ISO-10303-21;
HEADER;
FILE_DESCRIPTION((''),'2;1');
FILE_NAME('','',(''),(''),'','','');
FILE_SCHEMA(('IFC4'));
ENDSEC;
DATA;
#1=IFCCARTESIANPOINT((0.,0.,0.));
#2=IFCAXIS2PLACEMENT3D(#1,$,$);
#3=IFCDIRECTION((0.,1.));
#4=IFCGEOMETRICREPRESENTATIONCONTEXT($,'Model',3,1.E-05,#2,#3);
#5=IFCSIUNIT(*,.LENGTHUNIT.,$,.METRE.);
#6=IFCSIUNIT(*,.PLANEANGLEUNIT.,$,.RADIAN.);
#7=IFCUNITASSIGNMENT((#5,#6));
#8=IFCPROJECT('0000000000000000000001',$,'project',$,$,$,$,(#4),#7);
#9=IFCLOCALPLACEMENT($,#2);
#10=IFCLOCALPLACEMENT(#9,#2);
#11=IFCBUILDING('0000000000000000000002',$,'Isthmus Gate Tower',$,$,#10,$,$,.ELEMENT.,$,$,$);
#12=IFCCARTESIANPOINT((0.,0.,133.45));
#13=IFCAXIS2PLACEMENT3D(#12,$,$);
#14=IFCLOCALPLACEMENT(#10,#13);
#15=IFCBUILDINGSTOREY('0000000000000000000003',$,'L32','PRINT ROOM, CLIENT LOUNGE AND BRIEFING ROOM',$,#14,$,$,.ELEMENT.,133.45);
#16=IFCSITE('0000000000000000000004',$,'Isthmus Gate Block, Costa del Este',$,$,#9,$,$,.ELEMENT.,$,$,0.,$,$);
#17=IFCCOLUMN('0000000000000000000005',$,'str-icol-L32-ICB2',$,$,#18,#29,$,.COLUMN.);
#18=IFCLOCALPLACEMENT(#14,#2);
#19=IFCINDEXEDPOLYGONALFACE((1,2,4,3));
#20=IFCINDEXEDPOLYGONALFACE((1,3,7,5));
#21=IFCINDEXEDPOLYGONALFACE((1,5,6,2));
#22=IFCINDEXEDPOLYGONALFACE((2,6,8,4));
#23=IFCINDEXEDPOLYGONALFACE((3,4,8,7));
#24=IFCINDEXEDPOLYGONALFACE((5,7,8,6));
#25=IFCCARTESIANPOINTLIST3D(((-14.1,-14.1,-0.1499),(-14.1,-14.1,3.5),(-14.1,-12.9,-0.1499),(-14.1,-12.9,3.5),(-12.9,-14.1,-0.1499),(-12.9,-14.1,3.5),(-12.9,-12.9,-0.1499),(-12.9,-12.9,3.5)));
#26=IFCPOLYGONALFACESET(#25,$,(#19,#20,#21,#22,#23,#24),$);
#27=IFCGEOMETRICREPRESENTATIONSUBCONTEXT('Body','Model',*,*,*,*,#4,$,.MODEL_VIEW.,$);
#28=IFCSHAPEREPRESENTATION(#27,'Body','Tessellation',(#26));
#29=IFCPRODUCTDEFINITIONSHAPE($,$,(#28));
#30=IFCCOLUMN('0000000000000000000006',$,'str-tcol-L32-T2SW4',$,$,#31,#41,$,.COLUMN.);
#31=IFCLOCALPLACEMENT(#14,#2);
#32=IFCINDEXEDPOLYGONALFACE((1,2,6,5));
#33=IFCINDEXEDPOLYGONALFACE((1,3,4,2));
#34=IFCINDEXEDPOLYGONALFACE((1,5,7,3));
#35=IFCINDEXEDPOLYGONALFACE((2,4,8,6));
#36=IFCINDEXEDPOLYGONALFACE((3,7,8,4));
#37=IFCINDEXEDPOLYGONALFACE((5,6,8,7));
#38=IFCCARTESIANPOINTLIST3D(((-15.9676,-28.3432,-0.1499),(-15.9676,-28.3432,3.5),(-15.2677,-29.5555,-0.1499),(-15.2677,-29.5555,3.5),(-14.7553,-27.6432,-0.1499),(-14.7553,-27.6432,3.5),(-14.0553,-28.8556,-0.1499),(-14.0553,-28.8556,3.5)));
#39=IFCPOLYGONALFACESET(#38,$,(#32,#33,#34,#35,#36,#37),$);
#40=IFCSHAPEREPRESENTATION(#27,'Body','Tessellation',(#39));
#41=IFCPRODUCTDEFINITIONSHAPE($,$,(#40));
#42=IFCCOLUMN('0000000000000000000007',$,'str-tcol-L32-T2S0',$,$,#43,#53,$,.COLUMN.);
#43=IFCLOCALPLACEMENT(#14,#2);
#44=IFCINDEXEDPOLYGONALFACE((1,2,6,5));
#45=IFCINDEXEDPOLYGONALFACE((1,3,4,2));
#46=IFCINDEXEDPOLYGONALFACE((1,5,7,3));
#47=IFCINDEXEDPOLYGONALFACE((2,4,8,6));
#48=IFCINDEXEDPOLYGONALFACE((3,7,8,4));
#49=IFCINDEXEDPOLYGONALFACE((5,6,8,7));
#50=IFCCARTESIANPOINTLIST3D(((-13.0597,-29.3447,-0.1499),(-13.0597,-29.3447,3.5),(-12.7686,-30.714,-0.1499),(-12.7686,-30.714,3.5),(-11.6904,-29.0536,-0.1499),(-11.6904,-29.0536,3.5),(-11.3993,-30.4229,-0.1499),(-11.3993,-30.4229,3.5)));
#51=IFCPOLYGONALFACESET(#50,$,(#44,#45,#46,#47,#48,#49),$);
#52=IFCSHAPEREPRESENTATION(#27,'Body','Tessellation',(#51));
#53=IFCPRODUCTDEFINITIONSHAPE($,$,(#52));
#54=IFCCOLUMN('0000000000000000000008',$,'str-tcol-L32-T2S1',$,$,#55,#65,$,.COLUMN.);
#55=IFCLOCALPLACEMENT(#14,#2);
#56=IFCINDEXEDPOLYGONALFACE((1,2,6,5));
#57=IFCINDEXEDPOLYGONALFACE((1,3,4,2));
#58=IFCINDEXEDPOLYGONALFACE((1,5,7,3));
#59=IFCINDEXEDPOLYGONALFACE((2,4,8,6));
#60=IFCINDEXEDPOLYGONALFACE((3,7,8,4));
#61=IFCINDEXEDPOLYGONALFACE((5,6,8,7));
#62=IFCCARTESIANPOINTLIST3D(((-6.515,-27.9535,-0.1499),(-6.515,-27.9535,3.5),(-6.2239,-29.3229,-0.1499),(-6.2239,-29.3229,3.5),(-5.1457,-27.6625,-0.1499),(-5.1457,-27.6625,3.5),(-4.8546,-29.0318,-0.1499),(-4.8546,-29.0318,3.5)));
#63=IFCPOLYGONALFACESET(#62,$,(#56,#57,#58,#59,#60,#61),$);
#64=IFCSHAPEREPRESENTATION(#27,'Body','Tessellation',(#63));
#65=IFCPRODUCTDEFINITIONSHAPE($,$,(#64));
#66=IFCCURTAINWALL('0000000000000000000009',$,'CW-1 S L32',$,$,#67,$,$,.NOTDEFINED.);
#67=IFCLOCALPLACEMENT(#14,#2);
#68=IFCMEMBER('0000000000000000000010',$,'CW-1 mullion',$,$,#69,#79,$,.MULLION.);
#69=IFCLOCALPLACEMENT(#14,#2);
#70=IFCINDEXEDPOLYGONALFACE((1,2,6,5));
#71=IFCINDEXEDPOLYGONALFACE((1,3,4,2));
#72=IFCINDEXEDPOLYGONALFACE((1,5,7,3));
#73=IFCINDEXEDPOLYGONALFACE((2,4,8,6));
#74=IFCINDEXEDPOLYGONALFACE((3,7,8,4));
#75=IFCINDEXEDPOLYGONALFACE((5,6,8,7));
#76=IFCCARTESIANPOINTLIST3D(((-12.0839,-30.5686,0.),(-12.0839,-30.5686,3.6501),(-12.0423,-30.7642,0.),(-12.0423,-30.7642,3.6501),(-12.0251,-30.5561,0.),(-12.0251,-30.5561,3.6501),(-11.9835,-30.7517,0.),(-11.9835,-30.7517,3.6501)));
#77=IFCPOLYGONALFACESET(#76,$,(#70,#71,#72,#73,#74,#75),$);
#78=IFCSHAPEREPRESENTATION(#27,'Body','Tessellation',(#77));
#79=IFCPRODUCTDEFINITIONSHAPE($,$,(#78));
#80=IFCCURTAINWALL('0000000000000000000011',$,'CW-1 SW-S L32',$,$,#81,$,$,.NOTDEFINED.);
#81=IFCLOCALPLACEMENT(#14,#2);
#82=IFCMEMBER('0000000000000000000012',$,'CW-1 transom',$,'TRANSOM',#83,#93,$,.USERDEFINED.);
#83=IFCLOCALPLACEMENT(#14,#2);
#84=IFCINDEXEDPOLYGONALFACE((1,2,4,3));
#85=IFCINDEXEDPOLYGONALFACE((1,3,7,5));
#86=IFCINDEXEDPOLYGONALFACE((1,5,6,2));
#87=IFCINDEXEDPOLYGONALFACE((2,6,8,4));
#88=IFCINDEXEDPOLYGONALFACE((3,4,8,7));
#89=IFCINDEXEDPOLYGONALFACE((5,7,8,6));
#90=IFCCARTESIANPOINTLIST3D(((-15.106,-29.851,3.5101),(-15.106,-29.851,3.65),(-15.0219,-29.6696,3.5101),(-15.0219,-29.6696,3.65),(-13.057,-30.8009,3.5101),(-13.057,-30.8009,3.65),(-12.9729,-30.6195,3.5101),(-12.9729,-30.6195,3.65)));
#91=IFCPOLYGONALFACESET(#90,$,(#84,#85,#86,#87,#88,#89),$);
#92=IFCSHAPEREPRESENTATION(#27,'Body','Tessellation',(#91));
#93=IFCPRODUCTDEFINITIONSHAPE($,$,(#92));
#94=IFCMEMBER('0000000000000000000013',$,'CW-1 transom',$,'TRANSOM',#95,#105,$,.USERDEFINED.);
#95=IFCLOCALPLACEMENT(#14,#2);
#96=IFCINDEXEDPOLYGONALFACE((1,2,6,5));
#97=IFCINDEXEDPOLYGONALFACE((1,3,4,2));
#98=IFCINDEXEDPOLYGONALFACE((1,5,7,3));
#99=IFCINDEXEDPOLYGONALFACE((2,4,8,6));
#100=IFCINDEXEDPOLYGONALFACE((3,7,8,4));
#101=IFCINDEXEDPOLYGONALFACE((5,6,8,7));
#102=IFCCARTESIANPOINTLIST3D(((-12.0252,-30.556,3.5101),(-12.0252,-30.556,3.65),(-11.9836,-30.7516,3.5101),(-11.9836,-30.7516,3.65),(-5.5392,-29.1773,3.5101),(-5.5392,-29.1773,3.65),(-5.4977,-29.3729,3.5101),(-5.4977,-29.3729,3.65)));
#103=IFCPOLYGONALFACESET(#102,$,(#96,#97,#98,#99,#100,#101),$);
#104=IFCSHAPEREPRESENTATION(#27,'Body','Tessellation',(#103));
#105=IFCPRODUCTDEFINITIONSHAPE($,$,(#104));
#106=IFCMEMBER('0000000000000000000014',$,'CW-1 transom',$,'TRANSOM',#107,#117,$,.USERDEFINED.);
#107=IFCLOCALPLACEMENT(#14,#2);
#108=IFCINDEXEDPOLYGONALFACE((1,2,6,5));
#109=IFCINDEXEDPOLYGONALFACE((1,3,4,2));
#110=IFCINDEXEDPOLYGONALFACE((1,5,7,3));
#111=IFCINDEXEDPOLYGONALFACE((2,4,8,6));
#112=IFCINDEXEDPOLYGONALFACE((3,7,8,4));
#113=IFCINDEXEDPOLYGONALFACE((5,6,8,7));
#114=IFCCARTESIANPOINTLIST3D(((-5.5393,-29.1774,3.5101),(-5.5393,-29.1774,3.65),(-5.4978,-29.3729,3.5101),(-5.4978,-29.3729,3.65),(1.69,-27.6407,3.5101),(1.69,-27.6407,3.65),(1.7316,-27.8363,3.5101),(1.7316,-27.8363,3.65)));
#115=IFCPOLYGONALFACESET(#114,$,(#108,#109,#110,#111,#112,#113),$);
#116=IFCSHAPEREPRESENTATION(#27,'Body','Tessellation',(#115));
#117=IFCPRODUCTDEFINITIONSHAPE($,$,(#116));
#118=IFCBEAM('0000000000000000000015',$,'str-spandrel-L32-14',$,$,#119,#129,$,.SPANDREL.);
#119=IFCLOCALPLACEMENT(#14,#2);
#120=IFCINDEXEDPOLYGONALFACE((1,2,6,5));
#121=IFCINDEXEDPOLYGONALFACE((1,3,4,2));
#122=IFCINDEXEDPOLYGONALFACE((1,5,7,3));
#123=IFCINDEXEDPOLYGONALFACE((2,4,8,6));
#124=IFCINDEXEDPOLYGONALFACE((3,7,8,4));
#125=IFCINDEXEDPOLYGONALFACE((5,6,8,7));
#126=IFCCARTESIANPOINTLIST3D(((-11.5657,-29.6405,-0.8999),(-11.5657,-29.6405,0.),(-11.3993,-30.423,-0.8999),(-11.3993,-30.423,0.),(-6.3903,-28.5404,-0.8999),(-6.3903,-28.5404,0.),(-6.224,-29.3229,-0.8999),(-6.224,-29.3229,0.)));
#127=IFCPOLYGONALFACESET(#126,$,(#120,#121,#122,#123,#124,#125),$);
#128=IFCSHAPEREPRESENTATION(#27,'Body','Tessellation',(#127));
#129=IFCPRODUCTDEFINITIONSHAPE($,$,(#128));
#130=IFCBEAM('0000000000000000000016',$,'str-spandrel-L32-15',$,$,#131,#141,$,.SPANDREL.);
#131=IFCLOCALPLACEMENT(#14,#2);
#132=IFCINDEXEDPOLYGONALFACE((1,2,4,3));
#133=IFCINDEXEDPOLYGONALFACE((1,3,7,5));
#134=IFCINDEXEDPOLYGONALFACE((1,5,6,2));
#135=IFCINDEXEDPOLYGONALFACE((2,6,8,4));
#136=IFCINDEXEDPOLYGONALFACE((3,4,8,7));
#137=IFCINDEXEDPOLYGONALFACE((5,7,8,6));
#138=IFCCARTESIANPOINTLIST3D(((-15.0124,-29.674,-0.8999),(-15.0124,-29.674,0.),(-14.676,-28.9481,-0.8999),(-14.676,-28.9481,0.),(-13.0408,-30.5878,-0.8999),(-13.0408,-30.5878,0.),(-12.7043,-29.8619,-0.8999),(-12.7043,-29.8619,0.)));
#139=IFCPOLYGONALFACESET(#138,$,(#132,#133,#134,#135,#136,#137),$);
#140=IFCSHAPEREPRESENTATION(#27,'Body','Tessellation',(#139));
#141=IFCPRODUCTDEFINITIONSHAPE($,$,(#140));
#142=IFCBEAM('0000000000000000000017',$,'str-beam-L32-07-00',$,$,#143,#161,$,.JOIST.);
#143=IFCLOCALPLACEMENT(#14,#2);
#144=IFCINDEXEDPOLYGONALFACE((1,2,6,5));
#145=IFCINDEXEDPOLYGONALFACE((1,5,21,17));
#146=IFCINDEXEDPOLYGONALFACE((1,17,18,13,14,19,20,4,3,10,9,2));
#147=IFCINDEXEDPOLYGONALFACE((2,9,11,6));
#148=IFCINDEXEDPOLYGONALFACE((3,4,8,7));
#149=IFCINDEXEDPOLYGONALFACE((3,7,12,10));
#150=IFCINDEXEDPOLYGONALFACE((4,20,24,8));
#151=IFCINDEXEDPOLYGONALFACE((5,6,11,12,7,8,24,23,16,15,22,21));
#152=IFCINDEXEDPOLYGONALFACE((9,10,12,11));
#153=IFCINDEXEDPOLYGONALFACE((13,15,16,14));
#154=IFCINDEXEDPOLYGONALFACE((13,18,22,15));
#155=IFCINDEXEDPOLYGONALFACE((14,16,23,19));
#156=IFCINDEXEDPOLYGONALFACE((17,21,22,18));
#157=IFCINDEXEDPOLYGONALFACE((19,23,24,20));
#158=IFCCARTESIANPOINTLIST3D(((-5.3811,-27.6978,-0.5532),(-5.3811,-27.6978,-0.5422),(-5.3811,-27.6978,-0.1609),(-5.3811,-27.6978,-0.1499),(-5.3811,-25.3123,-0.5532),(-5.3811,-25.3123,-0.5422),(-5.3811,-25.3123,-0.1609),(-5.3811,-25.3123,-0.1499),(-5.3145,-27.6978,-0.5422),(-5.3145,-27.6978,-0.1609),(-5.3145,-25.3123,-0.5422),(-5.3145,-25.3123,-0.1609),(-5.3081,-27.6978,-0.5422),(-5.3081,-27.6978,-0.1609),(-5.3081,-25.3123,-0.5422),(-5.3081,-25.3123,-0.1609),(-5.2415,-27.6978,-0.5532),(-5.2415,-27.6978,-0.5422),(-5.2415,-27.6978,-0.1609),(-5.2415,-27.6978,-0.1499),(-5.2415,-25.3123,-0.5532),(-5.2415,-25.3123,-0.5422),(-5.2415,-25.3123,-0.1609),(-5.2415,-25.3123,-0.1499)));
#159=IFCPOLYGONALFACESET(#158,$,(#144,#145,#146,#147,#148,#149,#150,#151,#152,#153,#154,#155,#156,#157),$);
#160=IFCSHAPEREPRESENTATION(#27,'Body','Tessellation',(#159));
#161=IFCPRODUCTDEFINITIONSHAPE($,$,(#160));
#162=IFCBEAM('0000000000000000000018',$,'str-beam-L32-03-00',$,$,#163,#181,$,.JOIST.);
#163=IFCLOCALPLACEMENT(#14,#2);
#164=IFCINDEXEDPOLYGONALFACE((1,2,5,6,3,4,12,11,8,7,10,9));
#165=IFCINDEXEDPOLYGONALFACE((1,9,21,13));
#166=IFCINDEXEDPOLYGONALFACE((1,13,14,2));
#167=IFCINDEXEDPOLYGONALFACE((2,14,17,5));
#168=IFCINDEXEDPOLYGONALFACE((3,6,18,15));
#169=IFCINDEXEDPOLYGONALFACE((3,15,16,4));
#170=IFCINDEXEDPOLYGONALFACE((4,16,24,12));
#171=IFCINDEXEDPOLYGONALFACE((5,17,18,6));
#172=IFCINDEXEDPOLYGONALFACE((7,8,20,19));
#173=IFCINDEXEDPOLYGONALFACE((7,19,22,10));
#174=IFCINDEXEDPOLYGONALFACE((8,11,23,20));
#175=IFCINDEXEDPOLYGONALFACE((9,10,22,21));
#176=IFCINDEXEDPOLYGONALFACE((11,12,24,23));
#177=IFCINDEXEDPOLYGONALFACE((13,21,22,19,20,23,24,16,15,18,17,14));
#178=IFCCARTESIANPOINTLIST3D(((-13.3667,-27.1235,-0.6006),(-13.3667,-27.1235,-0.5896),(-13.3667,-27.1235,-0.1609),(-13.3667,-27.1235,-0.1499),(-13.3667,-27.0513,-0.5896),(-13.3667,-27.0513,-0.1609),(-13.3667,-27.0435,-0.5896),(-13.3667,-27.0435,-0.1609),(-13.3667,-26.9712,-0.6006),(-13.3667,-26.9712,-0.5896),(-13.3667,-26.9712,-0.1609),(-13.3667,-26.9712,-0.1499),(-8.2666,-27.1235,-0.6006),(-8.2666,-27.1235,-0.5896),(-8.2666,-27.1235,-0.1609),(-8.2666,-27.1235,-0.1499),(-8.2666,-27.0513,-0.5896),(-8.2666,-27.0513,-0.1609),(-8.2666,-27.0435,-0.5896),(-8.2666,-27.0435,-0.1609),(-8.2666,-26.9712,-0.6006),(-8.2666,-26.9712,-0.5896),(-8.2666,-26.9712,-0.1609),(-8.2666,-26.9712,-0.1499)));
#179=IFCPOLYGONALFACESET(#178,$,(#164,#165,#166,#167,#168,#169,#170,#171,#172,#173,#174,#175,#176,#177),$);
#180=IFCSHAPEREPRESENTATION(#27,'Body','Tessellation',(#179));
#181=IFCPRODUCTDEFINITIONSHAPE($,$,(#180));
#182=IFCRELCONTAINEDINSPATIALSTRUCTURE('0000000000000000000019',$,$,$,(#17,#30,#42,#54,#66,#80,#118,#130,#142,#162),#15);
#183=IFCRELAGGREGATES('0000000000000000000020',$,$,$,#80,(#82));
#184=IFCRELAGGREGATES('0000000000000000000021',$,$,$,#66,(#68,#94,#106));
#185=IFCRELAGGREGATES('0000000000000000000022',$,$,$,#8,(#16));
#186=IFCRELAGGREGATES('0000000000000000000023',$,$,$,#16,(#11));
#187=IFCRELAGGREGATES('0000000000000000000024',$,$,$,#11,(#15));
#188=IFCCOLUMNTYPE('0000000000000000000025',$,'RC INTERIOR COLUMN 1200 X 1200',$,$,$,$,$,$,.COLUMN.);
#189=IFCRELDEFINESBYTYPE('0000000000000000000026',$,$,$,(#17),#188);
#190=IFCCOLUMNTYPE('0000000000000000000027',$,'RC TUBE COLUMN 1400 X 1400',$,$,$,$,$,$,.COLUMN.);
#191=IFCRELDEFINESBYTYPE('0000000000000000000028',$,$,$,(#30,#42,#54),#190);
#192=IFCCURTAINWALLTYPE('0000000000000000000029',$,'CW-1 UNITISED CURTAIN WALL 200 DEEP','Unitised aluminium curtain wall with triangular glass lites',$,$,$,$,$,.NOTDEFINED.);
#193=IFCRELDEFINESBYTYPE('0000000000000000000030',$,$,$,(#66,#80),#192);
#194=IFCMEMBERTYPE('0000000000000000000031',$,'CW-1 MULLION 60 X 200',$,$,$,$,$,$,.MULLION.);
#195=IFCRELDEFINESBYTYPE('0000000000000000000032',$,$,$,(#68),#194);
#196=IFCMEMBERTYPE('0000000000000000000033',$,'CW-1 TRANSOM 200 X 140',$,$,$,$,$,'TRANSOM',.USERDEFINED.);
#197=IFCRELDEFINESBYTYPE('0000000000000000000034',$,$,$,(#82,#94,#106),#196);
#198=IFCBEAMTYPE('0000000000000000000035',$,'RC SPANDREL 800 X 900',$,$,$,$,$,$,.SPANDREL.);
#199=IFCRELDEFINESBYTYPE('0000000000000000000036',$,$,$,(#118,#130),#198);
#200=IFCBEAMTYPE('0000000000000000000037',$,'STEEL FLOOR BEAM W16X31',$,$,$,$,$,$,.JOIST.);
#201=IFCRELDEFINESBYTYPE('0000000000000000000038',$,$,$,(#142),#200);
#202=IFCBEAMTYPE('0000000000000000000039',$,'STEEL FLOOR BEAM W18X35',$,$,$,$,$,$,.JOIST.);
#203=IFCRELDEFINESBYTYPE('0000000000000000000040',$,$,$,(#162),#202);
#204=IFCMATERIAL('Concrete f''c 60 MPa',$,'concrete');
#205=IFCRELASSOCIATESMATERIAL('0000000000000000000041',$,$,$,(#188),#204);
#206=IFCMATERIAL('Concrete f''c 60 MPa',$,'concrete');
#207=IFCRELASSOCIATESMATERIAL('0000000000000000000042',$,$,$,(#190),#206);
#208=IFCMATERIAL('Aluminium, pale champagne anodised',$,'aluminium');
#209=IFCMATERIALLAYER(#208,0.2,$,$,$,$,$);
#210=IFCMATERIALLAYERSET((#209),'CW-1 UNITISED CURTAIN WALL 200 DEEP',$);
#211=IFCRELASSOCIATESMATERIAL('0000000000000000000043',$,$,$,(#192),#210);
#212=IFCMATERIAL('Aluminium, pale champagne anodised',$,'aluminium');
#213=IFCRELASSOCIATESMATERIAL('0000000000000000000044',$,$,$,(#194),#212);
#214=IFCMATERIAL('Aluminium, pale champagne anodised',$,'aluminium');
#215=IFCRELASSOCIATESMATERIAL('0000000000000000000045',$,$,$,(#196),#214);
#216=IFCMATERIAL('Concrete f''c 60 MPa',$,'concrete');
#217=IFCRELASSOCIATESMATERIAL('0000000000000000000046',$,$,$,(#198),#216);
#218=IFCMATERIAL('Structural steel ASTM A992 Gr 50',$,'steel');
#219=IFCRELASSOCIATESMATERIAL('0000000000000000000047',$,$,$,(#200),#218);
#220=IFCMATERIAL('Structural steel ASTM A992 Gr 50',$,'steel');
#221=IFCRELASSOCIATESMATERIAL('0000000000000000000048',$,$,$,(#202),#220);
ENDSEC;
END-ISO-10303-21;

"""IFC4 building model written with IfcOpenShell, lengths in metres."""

from ifc_helpers import new_model, si_unit, direction, frame, origin, origin_2d, place, context, subcontext, project, spatial, rectangle, i_section, extrude, material, layer, layer_set, material_profile, profile_set, type_object, element, aggregate, save


model = new_model("IFC4")

# Units and contexts
model_context = context("Model", 3, precision=1e-05, world=origin(), true_north=direction((0.0, 1.0)))
body_context = subcontext(model_context, "Body", "Model", "MODEL_VIEW")
ifc_project = project(units=[si_unit("LENGTHUNIT", "METRE"), si_unit("PLANEANGLEUNIT", "RADIAN")], contexts=[model_context])

# Site, building, storey
site_placement = place(None, origin())
site = spatial("IfcSite", under=ifc_project, at=site_placement, Name="Isthmus Gate Block, Costa del Este", CompositionType="ELEMENT", RefElevation=0.0)
building_placement = place(site_placement, origin())
building = spatial("IfcBuilding", under=site, at=building_placement, Name="Isthmus Gate Tower", CompositionType="ELEMENT")
storey_placement = place(building_placement, frame((0.0, 0.0, 133.45)))
storey = spatial("IfcBuildingStorey", under=building, at=storey_placement, Name="L32", Description="PRINT ROOM, CLIENT LOUNGE AND BRIEFING ROOM", CompositionType="ELEMENT", Elevation=133.45)

# Columns
ifc_material_1 = material(Name="Concrete f'c 60 MPa", Category="concrete")
ifc_material_profile_1 = material_profile(ifc_material_1, rectangle(XDim=1.2, YDim=1.2, at=origin_2d()), Name="RC 1200X1200")
ifc_profile_set_1 = profile_set([ifc_material_profile_1], Name="Concrete f'c 60 MPa")
column_type_1 = type_object("IfcColumnType", Name="RC INTERIOR COLUMN 1200 X 1200", PredefinedType="COLUMN", material=ifc_profile_set_1)
column_placement = place(storey_placement, frame((-13.5, -13.5, -0.1499), z_axis=(0.0, 0.0, 1.0), x_axis=(1.0, 0.0, 0.0)))
element("IfcColumn", 1, at=column_placement, inside=storey, type_object=column_type_1, Name="str-icol-L32-ICB2", PredefinedType="COLUMN", context=body_context, shape_type="SweptSolid", body=[
    extrude(rectangle(XDim=1.2, YDim=1.2, at=origin_2d()), origin(), (0.0, 0.0, 1.0), 3.6499),
])
ifc_material_2 = material(Name="Concrete f'c 60 MPa", Category="concrete")
ifc_material_profile_2 = material_profile(ifc_material_2, rectangle(XDim=1.3999, YDim=1.3999, at=origin_2d()), Name="RC 1400X1400")
ifc_profile_set_2 = profile_set([ifc_material_profile_2], Name="Concrete f'c 60 MPa")
column_type_2 = type_object("IfcColumnType", Name="RC TUBE COLUMN 1400 X 1400", PredefinedType="COLUMN", material=ifc_profile_set_2)
for number, where, z_axis, x_axis, name in (
    (2, (-15.0115, -28.5994, -0.1499), (0.0, 0.0, 1.0), (0.5, -0.866025, 0.0), "str-tcol-L32-T2SW4"),
    (3, (-12.2295, -29.8838, -0.1499), (0.0, 0.0, 1.0), (0.978148, 0.207912, 0.0), "str-tcol-L32-T2S0"),
    (4, (-5.6848, -28.4927, -0.1499), (0.0, 0.0, 1.0), (0.978148, 0.207912, 0.0), "str-tcol-L32-T2S1"),
):
    element("IfcColumn", number, at=place(storey_placement, frame(where, z_axis=z_axis, x_axis=x_axis)), inside=storey, type_object=column_type_2, Name=name, PredefinedType="COLUMN", context=body_context, shape_type="SweptSolid", body=[
        extrude(rectangle(XDim=1.3999, YDim=1.3999, at=origin_2d()), origin(), (0.0, 0.0, 1.0), 3.6499),
    ])

# Curtain walls, members
ifc_material_3 = material(Name="Aluminium, pale champagne anodised", Category="aluminium")
ifc_layer_1 = layer(ifc_material_3, 0.2)
ifc_layer_set_1 = layer_set([ifc_layer_1], Name="CW-1 UNITISED CURTAIN WALL 200 DEEP")
curtain_wall_type = type_object("IfcCurtainWallType", Name="CW-1 UNITISED CURTAIN WALL 200 DEEP", Description="Unitised aluminium curtain wall with triangular glass lites", PredefinedType="NOTDEFINED", material=ifc_layer_set_1)
curtain_wall_1_placement = place(storey_placement, origin())
curtain_wall_1 = element("IfcCurtainWall", 5, at=curtain_wall_1_placement, inside=storey, type_object=curtain_wall_type, Name="CW-1 S L32", PredefinedType="NOTDEFINED")
ifc_material_4 = material(Name="Aluminium, pale champagne anodised", Category="aluminium")
ifc_material_profile_3 = material_profile(ifc_material_4, rectangle(XDim=0.0601, YDim=0.2, at=origin_2d()), Name="60x200")
ifc_profile_set_3 = profile_set([ifc_material_profile_3], Name="Aluminium, pale champagne anodised")
member_type_1 = type_object("IfcMemberType", Name="CW-1 MULLION 60 X 200", PredefinedType="MULLION", material=ifc_profile_set_3)
member_1_placement = place(storey_placement, frame((-12.0337, -30.6602, 0.0), z_axis=(0.0, 0.0, 1.0), x_axis=(0.978148, 0.207912, 0.0)))
member_1 = element("IfcMember", 6, at=member_1_placement, type_object=member_type_1, Name="CW-1 mullion", PredefinedType="MULLION", context=body_context, shape_type="SweptSolid", body=[
    extrude(rectangle(XDim=0.0601, YDim=0.2, at=origin_2d()), origin(), (0.0, 0.0, 1.0), 3.6501),
])
curtain_wall_2_placement = place(storey_placement, origin())
curtain_wall_2 = element("IfcCurtainWall", 7, at=curtain_wall_2_placement, inside=storey, type_object=curtain_wall_type, Name="CW-1 SW-S L32", PredefinedType="NOTDEFINED")
ifc_material_5 = material(Name="Aluminium, pale champagne anodised", Category="aluminium")
ifc_material_profile_4 = material_profile(ifc_material_5, rectangle(XDim=0.2, YDim=0.1399, at=origin_2d()), Name="200x140")
ifc_profile_set_4 = profile_set([ifc_material_profile_4], Name="Aluminium, pale champagne anodised")
member_type_2 = type_object("IfcMemberType", Name="CW-1 TRANSOM 200 X 140", ElementType="TRANSOM", PredefinedType="USERDEFINED", material=ifc_profile_set_4)
member_2_placement = place(storey_placement, frame((-15.064, -29.7603, 3.5801), z_axis=(0.907246, -0.4206, 0.0), x_axis=(0.4206, 0.907246, 0.0)))
member_2 = element("IfcMember", 8, at=member_2_placement, type_object=member_type_2, Name="CW-1 transom", ObjectType="TRANSOM", PredefinedType="USERDEFINED", context=body_context, shape_type="SweptSolid", body=[
    extrude(rectangle(XDim=0.2, YDim=0.1399, at=origin_2d()), origin(), (0.0, 0.0, 1.0), 2.2585),
])

# Members
member_3_placement = place(storey_placement, frame((-12.0044, -30.6538, 3.5801), z_axis=(0.978146, 0.20792, 0.0), x_axis=(-0.20792, 0.978146, 0.0)))
member_3 = element("IfcMember", 9, at=member_3_placement, type_object=member_type_2, Name="CW-1 transom", ObjectType="TRANSOM", PredefinedType="USERDEFINED", context=body_context, shape_type="SweptSolid", body=[
    extrude(rectangle(XDim=0.2, YDim=0.1399, at=origin_2d()), origin(), (0.0, 0.0, 1.0), 6.6309),
])
member_4_placement = place(storey_placement, frame((-5.5186, -29.2751, 3.5801), z_axis=(0.978148, 0.207911, 0.0), x_axis=(-0.207911, 0.978148, 0.0)))
member_4 = element("IfcMember", 10, at=member_4_placement, type_object=member_type_2, Name="CW-1 transom", ObjectType="TRANSOM", PredefinedType="USERDEFINED", context=body_context, shape_type="SweptSolid", body=[
    extrude(rectangle(XDim=0.2, YDim=0.1399, at=origin_2d()), origin(), (0.0, 0.0, 1.0), 7.3909),
])

# Beams
ifc_material_6 = material(Name="Concrete f'c 60 MPa", Category="concrete")
ifc_material_profile_5 = material_profile(ifc_material_6, rectangle(XDim=0.8, YDim=0.8999, at=origin_2d()), Name="RC 800X900")
ifc_profile_set_5 = profile_set([ifc_material_profile_5], Name="Concrete f'c 60 MPa")
beam_type_1 = type_object("IfcBeamType", Name="RC SPANDREL 800 X 900", PredefinedType="SPANDREL", material=ifc_profile_set_5)
beam_1_placement = place(storey_placement, frame((-6.3071, -28.9316, -0.45), z_axis=(-0.978145, -0.207922, 0.0), x_axis=(0.207922, -0.978145, 0.0)))
element("IfcBeam", 11, at=beam_1_placement, inside=storey, type_object=beam_type_1, Name="str-spandrel-L32-14", PredefinedType="SPANDREL", context=body_context, shape_type="SweptSolid", body=[
    extrude(rectangle(XDim=0.8, YDim=0.8999, at=origin_2d()), origin(), (0.0, 0.0, 1.0), 5.291),
])
beam_2_placement = place(storey_placement, frame((-12.8726, -30.2249, -0.45), z_axis=(-0.907291, 0.420504, 0.0), x_axis=(-0.420504, -0.907291, 0.0)))
element("IfcBeam", 12, at=beam_2_placement, inside=storey, type_object=beam_type_1, Name="str-spandrel-L32-15", PredefinedType="SPANDREL", context=body_context, shape_type="SweptSolid", body=[
    extrude(rectangle(XDim=0.8, YDim=0.8999, at=origin_2d()), origin(), (0.0, 0.0, 1.0), 2.1731),
])
ifc_material_7 = material(Name="Structural steel ASTM A992 Gr 50", Category="steel")
ifc_material_profile_6 = material_profile(ifc_material_7, i_section(OverallWidth=0.1396, OverallDepth=0.4033, WebThickness=0.0063, FlangeThickness=0.011, at=origin_2d()), Name="W16X31")
ifc_profile_set_6 = profile_set([ifc_material_profile_6], Name="Structural steel ASTM A992 Gr 50")
beam_type_2 = type_object("IfcBeamType", Name="STEEL FLOOR BEAM W16X31", PredefinedType="JOIST", material=ifc_profile_set_6)
beam_3_placement = place(storey_placement, frame((-5.3113, -27.6978, -0.3516), z_axis=(0.0, 1.0, 0.0), x_axis=(-1.0, 0.0, 0.0)))
element("IfcBeam", 13, at=beam_3_placement, inside=storey, type_object=beam_type_2, Name="str-beam-L32-07-00", PredefinedType="JOIST", context=body_context, shape_type="SweptSolid", body=[
    extrude(i_section(OverallWidth=0.1396, OverallDepth=0.4033, WebThickness=0.0063, FlangeThickness=0.011, at=origin_2d()), origin(), (0.0, 0.0, 1.0), 2.3855),
])
ifc_material_8 = material(Name="Structural steel ASTM A992 Gr 50", Category="steel")
ifc_material_profile_7 = material_profile(ifc_material_8, i_section(OverallWidth=0.1523, OverallDepth=0.4507, WebThickness=0.0078, FlangeThickness=0.011, at=origin_2d()), Name="W18X35")
ifc_profile_set_7 = profile_set([ifc_material_profile_7], Name="Structural steel ASTM A992 Gr 50")
beam_type_3 = type_object("IfcBeamType", Name="STEEL FLOOR BEAM W18X35", PredefinedType="JOIST", material=ifc_profile_set_7)
for number, where, z_axis, x_axis, name in (
    (14, (-13.3667, -27.0474, -0.3752), (1.0, 0.0, 0.0), (0.0, 1.0, 0.0), "str-beam-L32-03-00"),
):
    element("IfcBeam", number, at=place(storey_placement, frame(where, z_axis=z_axis, x_axis=x_axis)), inside=storey, type_object=beam_type_3, Name=name, PredefinedType="JOIST", context=body_context, shape_type="SweptSolid", body=[
        extrude(i_section(OverallWidth=0.1523, OverallDepth=0.4507, WebThickness=0.0078, FlangeThickness=0.011, at=origin_2d()), origin(), (0.0, 0.0, 1.0), 5.1001),
    ])

aggregate(curtain_wall_2, [member_2])

aggregate(curtain_wall_1, [member_1, member_3, member_4])

save(model, "model.ifc")
